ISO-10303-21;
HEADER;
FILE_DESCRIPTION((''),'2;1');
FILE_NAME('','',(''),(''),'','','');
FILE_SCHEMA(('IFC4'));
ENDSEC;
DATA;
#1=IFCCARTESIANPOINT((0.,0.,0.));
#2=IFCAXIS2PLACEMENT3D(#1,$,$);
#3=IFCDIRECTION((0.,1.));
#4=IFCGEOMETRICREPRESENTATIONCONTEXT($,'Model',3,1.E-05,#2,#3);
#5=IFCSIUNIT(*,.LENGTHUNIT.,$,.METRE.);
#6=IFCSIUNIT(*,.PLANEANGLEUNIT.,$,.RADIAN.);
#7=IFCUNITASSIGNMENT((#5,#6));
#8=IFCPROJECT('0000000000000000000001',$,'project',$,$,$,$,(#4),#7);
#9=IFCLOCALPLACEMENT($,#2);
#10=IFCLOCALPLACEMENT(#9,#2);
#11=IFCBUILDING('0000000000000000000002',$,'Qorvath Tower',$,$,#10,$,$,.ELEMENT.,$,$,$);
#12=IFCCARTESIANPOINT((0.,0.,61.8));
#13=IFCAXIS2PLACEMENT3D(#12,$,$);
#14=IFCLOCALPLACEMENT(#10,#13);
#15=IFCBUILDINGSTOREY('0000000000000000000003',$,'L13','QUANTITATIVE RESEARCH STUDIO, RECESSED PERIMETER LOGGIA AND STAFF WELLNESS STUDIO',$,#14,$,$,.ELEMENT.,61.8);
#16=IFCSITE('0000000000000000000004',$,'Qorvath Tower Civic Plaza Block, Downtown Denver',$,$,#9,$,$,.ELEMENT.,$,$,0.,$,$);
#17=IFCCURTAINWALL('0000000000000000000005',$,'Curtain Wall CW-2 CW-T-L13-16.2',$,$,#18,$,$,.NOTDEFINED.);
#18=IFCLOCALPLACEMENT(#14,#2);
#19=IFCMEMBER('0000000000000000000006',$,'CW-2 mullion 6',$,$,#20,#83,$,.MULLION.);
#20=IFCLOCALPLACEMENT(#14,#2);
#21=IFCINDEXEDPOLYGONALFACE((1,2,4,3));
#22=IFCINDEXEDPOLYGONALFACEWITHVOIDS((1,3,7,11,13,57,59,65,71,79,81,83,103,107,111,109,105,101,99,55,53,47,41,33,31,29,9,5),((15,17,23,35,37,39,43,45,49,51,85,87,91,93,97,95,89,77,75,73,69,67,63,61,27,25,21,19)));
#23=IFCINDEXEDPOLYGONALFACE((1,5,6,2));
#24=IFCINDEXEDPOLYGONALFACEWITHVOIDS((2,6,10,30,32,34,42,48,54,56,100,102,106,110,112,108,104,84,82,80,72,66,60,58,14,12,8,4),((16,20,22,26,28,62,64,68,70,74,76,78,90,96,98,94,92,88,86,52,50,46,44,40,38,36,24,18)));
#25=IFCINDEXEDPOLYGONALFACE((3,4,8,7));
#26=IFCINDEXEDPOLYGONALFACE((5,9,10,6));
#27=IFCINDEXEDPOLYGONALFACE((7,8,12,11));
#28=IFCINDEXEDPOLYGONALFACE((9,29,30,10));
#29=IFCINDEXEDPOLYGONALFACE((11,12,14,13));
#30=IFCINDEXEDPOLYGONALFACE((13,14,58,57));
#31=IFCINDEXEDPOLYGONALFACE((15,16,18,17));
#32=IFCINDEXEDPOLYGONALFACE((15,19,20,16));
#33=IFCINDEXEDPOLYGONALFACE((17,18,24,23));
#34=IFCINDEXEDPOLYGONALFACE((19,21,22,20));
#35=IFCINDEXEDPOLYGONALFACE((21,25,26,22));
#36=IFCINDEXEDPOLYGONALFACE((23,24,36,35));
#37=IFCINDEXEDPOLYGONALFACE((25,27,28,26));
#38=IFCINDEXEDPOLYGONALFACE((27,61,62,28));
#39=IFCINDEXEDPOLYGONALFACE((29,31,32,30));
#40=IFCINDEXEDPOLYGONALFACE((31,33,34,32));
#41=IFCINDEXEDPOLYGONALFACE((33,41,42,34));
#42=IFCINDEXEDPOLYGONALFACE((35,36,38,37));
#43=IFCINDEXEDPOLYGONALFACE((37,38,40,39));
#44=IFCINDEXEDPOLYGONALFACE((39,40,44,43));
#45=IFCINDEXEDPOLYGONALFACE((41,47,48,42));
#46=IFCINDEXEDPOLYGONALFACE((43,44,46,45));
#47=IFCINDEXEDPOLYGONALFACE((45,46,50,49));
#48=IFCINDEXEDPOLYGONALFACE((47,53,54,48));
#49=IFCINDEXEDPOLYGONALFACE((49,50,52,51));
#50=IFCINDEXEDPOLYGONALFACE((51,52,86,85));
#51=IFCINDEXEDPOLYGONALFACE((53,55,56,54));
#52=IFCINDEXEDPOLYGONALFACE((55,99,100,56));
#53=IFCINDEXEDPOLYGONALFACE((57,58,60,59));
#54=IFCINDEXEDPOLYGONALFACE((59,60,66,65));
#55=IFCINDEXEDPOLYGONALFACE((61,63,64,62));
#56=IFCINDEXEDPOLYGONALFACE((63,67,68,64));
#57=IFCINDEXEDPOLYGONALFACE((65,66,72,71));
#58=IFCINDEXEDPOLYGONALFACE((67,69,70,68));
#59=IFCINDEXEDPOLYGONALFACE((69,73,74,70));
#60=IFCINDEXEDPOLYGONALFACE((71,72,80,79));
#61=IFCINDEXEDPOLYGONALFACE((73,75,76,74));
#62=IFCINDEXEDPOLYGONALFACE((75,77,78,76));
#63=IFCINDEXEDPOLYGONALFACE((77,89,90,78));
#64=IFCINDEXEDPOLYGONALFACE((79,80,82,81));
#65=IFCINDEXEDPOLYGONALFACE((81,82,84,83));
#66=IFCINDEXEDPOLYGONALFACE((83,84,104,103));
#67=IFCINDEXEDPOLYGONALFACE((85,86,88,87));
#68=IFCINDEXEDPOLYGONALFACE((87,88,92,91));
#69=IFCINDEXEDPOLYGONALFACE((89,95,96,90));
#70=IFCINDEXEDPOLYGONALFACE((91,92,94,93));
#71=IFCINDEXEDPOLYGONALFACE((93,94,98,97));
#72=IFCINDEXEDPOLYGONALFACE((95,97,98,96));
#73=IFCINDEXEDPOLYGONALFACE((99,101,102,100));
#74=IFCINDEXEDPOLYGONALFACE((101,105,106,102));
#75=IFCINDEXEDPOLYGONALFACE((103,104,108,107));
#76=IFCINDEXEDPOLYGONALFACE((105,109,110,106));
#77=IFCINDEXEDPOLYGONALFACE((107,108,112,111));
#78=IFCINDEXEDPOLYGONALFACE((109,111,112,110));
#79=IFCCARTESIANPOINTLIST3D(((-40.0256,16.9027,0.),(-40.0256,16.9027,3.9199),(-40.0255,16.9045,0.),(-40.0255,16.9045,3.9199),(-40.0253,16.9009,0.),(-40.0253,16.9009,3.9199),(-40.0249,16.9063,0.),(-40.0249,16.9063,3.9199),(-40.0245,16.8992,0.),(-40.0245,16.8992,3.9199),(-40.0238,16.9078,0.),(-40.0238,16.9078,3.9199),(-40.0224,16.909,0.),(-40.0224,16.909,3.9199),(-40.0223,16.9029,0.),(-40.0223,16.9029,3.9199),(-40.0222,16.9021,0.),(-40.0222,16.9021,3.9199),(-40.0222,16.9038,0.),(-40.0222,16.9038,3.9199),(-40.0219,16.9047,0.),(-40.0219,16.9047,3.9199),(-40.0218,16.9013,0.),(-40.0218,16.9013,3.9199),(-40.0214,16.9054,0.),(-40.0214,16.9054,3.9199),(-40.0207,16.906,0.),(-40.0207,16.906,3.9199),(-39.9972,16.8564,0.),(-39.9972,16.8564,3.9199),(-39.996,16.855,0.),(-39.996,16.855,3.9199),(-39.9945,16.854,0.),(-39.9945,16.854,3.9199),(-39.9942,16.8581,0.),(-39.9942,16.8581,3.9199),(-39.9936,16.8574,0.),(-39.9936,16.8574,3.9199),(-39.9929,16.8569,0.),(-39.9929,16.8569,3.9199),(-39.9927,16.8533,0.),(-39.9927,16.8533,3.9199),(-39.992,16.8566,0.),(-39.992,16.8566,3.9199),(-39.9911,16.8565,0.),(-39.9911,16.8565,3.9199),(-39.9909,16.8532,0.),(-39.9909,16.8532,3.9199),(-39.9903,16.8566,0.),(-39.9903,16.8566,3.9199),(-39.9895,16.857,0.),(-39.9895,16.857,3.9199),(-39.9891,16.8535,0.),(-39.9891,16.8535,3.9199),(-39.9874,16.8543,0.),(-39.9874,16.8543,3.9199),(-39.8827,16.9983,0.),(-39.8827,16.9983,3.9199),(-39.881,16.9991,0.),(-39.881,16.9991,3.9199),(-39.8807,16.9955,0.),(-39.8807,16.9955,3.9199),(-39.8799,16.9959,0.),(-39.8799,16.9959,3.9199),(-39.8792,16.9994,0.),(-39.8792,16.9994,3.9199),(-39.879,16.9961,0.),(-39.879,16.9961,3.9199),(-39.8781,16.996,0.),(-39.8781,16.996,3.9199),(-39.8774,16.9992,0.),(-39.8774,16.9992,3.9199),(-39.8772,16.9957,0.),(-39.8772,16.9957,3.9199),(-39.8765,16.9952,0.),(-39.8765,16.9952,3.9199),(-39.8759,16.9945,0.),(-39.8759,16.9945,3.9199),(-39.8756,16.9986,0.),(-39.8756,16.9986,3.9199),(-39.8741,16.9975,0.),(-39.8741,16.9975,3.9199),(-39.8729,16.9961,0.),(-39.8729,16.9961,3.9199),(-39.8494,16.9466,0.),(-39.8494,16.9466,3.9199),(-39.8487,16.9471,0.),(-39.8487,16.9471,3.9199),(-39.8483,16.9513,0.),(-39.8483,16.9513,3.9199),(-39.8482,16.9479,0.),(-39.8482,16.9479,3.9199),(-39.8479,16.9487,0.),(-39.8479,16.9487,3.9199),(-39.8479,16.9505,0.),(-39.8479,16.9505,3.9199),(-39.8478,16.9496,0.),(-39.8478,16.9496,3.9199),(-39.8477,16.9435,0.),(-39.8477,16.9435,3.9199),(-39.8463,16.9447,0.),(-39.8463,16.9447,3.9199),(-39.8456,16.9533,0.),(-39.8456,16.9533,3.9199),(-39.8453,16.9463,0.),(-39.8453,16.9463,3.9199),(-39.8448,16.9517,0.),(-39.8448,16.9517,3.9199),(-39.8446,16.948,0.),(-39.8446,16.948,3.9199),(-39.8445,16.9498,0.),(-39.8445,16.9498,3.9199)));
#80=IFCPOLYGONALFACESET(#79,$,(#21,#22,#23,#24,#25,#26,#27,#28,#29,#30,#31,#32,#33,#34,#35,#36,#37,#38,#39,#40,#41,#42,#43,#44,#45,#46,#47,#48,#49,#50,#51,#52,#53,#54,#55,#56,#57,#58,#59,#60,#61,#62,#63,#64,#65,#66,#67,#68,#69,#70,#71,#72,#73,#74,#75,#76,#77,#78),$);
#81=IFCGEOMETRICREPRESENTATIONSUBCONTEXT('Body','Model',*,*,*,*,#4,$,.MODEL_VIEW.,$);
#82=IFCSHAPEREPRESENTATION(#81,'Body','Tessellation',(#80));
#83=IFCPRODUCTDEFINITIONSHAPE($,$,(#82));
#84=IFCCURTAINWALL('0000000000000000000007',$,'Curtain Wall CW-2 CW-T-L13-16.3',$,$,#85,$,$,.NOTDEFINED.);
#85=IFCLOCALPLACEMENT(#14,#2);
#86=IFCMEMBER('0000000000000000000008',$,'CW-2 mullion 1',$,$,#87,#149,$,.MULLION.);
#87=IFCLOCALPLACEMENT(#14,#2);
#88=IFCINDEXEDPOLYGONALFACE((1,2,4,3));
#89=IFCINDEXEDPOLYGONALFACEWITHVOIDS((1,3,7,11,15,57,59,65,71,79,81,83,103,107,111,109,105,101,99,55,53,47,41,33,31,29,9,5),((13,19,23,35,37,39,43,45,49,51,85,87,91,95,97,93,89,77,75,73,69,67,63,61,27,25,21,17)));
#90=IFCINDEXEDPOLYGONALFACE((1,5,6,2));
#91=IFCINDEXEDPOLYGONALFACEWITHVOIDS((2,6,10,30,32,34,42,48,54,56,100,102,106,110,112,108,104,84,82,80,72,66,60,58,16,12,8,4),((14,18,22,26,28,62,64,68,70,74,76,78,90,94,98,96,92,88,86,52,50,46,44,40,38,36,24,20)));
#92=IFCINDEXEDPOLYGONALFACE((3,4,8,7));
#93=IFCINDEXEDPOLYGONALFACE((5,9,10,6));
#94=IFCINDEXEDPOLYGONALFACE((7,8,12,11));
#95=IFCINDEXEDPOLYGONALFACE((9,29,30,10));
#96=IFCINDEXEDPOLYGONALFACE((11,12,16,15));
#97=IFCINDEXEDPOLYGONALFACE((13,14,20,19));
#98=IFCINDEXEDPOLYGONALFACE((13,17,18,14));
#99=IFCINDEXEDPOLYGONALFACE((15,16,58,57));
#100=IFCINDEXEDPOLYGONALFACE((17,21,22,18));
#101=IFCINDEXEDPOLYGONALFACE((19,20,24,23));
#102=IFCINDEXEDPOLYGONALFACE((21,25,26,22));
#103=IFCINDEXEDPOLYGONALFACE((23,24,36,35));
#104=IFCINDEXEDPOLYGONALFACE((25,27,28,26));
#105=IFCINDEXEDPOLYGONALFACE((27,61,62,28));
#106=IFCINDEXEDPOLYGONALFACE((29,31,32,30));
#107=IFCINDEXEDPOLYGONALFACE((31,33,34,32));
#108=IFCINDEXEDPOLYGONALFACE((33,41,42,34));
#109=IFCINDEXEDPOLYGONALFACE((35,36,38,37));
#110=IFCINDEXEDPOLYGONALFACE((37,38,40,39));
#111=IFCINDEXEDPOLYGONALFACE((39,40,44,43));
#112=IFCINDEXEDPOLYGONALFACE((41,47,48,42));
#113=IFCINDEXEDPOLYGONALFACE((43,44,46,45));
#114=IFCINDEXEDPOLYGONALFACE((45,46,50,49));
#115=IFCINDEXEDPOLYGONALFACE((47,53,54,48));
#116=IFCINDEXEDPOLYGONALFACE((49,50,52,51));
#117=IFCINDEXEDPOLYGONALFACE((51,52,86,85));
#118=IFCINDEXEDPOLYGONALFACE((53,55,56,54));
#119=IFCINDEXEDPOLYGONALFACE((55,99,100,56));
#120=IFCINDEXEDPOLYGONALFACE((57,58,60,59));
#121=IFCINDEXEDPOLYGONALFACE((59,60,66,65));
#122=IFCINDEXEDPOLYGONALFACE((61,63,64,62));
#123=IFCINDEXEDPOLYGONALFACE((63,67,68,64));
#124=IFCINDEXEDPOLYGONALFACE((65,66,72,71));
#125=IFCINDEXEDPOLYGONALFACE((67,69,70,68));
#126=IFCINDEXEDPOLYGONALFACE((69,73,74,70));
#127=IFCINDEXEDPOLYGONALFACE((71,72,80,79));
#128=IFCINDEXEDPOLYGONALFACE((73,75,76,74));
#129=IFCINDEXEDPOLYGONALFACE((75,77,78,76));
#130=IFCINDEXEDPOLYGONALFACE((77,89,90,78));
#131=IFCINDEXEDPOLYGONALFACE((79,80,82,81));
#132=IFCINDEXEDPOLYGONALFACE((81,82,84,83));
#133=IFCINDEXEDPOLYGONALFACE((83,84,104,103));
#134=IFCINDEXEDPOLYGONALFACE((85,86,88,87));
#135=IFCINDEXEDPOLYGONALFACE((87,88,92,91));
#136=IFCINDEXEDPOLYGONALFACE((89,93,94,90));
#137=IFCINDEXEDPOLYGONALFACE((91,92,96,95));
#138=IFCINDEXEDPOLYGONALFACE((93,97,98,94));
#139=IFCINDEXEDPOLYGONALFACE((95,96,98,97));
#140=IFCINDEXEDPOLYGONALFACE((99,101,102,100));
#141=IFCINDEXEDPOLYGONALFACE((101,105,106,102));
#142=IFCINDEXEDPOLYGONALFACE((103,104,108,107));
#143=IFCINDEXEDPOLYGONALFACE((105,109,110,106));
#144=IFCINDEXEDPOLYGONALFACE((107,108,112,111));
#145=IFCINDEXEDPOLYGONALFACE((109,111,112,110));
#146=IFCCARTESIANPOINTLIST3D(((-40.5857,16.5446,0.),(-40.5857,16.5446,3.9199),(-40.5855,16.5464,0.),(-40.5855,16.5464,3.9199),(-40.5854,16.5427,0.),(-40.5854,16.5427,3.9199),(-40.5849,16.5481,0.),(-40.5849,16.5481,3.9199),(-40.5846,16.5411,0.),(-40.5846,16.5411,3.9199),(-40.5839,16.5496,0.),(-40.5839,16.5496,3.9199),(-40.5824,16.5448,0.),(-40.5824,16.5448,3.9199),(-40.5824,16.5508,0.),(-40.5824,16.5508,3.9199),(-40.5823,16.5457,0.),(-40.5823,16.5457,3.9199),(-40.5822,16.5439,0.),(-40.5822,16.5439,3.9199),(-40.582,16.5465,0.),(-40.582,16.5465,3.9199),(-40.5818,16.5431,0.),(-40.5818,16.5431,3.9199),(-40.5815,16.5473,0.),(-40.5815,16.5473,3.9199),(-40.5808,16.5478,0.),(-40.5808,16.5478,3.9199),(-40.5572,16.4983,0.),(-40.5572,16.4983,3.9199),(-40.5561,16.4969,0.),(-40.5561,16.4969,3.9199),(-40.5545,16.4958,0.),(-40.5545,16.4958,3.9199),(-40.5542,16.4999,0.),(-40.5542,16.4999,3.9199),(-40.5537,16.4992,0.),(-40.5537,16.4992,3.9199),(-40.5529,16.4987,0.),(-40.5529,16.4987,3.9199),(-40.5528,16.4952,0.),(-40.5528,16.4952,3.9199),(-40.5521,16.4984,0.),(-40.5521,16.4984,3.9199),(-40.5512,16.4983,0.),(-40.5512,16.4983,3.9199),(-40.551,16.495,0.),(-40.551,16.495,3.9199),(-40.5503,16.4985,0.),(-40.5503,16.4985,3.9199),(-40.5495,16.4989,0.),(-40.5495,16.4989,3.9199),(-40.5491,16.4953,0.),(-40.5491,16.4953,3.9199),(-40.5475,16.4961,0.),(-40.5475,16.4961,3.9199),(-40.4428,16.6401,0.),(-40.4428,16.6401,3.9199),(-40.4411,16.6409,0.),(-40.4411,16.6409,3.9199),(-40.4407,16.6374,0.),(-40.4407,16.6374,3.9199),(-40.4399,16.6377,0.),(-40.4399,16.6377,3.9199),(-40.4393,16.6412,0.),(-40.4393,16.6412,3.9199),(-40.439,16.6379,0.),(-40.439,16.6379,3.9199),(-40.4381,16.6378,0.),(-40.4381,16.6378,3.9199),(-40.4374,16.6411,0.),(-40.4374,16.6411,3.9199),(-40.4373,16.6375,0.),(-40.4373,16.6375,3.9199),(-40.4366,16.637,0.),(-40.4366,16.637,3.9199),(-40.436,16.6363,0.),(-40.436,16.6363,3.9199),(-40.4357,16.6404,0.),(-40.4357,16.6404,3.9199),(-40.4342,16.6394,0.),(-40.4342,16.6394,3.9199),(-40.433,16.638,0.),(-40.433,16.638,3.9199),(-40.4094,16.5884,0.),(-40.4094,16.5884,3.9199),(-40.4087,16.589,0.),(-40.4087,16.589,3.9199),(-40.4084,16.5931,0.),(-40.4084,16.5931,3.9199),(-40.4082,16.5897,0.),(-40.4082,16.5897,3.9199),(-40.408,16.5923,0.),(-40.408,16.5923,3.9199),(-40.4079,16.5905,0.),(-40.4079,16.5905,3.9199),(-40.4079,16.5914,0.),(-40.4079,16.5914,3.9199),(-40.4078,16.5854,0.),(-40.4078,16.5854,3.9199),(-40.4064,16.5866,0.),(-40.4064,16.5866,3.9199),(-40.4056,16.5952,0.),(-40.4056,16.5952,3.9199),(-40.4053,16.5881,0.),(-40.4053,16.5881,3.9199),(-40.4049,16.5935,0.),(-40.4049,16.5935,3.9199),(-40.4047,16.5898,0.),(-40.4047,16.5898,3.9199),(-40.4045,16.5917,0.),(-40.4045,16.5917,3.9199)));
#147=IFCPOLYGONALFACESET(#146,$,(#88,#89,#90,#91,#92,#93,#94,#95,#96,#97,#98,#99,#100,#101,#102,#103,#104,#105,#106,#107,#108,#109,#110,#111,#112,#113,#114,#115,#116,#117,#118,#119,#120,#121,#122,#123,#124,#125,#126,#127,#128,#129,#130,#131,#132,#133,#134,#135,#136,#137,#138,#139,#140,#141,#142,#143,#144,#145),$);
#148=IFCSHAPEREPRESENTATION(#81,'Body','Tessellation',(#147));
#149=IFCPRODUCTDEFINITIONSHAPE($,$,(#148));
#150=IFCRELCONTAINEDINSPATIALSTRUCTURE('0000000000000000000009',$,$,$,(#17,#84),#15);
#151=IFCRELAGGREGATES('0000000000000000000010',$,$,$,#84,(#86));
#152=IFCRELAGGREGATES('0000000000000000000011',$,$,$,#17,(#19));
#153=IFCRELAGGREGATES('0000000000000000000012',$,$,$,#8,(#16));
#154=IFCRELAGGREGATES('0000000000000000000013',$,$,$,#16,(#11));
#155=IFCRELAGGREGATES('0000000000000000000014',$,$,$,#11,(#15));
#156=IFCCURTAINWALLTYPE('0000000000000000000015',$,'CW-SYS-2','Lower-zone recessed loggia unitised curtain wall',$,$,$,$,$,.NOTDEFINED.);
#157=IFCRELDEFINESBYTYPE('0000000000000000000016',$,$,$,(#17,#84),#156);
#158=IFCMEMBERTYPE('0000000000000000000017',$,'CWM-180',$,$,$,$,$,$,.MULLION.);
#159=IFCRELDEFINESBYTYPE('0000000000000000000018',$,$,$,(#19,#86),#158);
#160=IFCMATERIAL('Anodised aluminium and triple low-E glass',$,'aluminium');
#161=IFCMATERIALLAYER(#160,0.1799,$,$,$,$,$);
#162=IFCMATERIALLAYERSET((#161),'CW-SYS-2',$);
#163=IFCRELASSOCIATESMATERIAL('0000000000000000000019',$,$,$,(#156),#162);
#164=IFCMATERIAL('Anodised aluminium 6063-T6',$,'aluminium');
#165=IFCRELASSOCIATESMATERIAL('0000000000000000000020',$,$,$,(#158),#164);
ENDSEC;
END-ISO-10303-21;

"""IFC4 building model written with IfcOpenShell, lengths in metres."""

from ifc_helpers import new_model, si_unit, direction, frame, origin, origin_2d, place, context, subcontext, project, spatial, hollow_rectangle, extrude, material, layer, layer_set, material_profile, profile_set, type_object, element, aggregate, save


model = new_model("IFC4")

# Units and contexts
model_context = context("Model", 3, precision=1e-05, world=origin(), true_north=direction((0.0, 1.0)))
body_context = subcontext(model_context, "Body", "Model", "MODEL_VIEW")
ifc_project = project(units=[si_unit("LENGTHUNIT", "METRE"), si_unit("PLANEANGLEUNIT", "RADIAN")], contexts=[model_context])

# Site, building, storey
site_placement = place(None, origin())
site = spatial("IfcSite", under=ifc_project, at=site_placement, Name="Qorvath Tower Civic Plaza Block, Downtown Denver", CompositionType="ELEMENT", RefElevation=0.0)
building_placement = place(site_placement, origin())
building = spatial("IfcBuilding", under=site, at=building_placement, Name="Qorvath Tower", CompositionType="ELEMENT")
storey_placement = place(building_placement, frame((0.0, 0.0, 61.8)))
storey = spatial("IfcBuildingStorey", under=building, at=storey_placement, Name="L13", Description="QUANTITATIVE RESEARCH STUDIO, RECESSED PERIMETER LOGGIA AND STAFF WELLNESS STUDIO", CompositionType="ELEMENT", Elevation=61.8)

# Curtain wall, member
ifc_material_1 = material(Name="Anodised aluminium and triple low-E glass", Category="aluminium")
ifc_layer_1 = layer(ifc_material_1, 0.1799)
ifc_layer_set_1 = layer_set([ifc_layer_1], Name="CW-SYS-2")
curtain_wall_type = type_object("IfcCurtainWallType", Name="CW-SYS-2", Description="Lower-zone recessed loggia unitised curtain wall", PredefinedType="NOTDEFINED", material=ifc_layer_set_1)
curtain_wall_1_placement = place(storey_placement, origin())
curtain_wall_1 = element("IfcCurtainWall", 1, at=curtain_wall_1_placement, inside=storey, type_object=curtain_wall_type, Name="Curtain Wall CW-2 CW-T-L13-16.2", PredefinedType="NOTDEFINED")
ifc_material_2 = material(Name="Anodised aluminium 6063-T6", Category="aluminium")
ifc_material_profile_1 = material_profile(ifc_material_2, hollow_rectangle(XDim=0.0649, YDim=0.1799, WallThickness=0.0034, InnerFilletRadius=0.0034, OuterFilletRadius=0.0071, at=origin_2d()), Name="CWM 180x65")
ifc_profile_set_1 = profile_set([ifc_material_profile_1], Name="Anodised aluminium 6063-T6")
member_type_1 = type_object("IfcMemberType", Name="CWM-180", PredefinedType="MULLION", material=ifc_profile_set_1)
member_1_placement = place(storey_placement, frame((-39.9351, 16.9263, 0.0), z_axis=(0.0, 0.0, 1.0), x_axis=(0.538539, -0.8426, 0.0)))
member_1 = element("IfcMember", 2, at=member_1_placement, type_object=member_type_1, Name="CW-2 mullion 6", PredefinedType="MULLION", context=body_context, shape_type="SweptSolid", body=[
    extrude(hollow_rectangle(XDim=0.0649, YDim=0.1799, WallThickness=0.0034, InnerFilletRadius=0.0034, OuterFilletRadius=0.0071, at=origin_2d()), origin(), (0.0, 0.0, 1.0), 3.9199),
])

# Curtain wall, member
curtain_wall_2_placement = place(storey_placement, origin())
curtain_wall_2 = element("IfcCurtainWall", 3, at=curtain_wall_2_placement, inside=storey, type_object=curtain_wall_type, Name="Curtain Wall CW-2 CW-T-L13-16.3", PredefinedType="NOTDEFINED")
member_2_placement = place(storey_placement, frame((-40.4951, 16.5681, 0.0), z_axis=(0.0, 0.0, 1.0), x_axis=(0.53853, -0.842607, 0.0)))
member_2 = element("IfcMember", 4, at=member_2_placement, type_object=member_type_1, Name="CW-2 mullion 1", PredefinedType="MULLION", context=body_context, shape_type="SweptSolid", body=[
    extrude(hollow_rectangle(XDim=0.0649, YDim=0.1799, WallThickness=0.0034, InnerFilletRadius=0.0034, OuterFilletRadius=0.0071, at=origin_2d()), origin(), (0.0, 0.0, 1.0), 3.9199),
])
aggregate(curtain_wall_2, [member_2])

aggregate(curtain_wall_1, [member_1])

save(model, "model.ifc")
